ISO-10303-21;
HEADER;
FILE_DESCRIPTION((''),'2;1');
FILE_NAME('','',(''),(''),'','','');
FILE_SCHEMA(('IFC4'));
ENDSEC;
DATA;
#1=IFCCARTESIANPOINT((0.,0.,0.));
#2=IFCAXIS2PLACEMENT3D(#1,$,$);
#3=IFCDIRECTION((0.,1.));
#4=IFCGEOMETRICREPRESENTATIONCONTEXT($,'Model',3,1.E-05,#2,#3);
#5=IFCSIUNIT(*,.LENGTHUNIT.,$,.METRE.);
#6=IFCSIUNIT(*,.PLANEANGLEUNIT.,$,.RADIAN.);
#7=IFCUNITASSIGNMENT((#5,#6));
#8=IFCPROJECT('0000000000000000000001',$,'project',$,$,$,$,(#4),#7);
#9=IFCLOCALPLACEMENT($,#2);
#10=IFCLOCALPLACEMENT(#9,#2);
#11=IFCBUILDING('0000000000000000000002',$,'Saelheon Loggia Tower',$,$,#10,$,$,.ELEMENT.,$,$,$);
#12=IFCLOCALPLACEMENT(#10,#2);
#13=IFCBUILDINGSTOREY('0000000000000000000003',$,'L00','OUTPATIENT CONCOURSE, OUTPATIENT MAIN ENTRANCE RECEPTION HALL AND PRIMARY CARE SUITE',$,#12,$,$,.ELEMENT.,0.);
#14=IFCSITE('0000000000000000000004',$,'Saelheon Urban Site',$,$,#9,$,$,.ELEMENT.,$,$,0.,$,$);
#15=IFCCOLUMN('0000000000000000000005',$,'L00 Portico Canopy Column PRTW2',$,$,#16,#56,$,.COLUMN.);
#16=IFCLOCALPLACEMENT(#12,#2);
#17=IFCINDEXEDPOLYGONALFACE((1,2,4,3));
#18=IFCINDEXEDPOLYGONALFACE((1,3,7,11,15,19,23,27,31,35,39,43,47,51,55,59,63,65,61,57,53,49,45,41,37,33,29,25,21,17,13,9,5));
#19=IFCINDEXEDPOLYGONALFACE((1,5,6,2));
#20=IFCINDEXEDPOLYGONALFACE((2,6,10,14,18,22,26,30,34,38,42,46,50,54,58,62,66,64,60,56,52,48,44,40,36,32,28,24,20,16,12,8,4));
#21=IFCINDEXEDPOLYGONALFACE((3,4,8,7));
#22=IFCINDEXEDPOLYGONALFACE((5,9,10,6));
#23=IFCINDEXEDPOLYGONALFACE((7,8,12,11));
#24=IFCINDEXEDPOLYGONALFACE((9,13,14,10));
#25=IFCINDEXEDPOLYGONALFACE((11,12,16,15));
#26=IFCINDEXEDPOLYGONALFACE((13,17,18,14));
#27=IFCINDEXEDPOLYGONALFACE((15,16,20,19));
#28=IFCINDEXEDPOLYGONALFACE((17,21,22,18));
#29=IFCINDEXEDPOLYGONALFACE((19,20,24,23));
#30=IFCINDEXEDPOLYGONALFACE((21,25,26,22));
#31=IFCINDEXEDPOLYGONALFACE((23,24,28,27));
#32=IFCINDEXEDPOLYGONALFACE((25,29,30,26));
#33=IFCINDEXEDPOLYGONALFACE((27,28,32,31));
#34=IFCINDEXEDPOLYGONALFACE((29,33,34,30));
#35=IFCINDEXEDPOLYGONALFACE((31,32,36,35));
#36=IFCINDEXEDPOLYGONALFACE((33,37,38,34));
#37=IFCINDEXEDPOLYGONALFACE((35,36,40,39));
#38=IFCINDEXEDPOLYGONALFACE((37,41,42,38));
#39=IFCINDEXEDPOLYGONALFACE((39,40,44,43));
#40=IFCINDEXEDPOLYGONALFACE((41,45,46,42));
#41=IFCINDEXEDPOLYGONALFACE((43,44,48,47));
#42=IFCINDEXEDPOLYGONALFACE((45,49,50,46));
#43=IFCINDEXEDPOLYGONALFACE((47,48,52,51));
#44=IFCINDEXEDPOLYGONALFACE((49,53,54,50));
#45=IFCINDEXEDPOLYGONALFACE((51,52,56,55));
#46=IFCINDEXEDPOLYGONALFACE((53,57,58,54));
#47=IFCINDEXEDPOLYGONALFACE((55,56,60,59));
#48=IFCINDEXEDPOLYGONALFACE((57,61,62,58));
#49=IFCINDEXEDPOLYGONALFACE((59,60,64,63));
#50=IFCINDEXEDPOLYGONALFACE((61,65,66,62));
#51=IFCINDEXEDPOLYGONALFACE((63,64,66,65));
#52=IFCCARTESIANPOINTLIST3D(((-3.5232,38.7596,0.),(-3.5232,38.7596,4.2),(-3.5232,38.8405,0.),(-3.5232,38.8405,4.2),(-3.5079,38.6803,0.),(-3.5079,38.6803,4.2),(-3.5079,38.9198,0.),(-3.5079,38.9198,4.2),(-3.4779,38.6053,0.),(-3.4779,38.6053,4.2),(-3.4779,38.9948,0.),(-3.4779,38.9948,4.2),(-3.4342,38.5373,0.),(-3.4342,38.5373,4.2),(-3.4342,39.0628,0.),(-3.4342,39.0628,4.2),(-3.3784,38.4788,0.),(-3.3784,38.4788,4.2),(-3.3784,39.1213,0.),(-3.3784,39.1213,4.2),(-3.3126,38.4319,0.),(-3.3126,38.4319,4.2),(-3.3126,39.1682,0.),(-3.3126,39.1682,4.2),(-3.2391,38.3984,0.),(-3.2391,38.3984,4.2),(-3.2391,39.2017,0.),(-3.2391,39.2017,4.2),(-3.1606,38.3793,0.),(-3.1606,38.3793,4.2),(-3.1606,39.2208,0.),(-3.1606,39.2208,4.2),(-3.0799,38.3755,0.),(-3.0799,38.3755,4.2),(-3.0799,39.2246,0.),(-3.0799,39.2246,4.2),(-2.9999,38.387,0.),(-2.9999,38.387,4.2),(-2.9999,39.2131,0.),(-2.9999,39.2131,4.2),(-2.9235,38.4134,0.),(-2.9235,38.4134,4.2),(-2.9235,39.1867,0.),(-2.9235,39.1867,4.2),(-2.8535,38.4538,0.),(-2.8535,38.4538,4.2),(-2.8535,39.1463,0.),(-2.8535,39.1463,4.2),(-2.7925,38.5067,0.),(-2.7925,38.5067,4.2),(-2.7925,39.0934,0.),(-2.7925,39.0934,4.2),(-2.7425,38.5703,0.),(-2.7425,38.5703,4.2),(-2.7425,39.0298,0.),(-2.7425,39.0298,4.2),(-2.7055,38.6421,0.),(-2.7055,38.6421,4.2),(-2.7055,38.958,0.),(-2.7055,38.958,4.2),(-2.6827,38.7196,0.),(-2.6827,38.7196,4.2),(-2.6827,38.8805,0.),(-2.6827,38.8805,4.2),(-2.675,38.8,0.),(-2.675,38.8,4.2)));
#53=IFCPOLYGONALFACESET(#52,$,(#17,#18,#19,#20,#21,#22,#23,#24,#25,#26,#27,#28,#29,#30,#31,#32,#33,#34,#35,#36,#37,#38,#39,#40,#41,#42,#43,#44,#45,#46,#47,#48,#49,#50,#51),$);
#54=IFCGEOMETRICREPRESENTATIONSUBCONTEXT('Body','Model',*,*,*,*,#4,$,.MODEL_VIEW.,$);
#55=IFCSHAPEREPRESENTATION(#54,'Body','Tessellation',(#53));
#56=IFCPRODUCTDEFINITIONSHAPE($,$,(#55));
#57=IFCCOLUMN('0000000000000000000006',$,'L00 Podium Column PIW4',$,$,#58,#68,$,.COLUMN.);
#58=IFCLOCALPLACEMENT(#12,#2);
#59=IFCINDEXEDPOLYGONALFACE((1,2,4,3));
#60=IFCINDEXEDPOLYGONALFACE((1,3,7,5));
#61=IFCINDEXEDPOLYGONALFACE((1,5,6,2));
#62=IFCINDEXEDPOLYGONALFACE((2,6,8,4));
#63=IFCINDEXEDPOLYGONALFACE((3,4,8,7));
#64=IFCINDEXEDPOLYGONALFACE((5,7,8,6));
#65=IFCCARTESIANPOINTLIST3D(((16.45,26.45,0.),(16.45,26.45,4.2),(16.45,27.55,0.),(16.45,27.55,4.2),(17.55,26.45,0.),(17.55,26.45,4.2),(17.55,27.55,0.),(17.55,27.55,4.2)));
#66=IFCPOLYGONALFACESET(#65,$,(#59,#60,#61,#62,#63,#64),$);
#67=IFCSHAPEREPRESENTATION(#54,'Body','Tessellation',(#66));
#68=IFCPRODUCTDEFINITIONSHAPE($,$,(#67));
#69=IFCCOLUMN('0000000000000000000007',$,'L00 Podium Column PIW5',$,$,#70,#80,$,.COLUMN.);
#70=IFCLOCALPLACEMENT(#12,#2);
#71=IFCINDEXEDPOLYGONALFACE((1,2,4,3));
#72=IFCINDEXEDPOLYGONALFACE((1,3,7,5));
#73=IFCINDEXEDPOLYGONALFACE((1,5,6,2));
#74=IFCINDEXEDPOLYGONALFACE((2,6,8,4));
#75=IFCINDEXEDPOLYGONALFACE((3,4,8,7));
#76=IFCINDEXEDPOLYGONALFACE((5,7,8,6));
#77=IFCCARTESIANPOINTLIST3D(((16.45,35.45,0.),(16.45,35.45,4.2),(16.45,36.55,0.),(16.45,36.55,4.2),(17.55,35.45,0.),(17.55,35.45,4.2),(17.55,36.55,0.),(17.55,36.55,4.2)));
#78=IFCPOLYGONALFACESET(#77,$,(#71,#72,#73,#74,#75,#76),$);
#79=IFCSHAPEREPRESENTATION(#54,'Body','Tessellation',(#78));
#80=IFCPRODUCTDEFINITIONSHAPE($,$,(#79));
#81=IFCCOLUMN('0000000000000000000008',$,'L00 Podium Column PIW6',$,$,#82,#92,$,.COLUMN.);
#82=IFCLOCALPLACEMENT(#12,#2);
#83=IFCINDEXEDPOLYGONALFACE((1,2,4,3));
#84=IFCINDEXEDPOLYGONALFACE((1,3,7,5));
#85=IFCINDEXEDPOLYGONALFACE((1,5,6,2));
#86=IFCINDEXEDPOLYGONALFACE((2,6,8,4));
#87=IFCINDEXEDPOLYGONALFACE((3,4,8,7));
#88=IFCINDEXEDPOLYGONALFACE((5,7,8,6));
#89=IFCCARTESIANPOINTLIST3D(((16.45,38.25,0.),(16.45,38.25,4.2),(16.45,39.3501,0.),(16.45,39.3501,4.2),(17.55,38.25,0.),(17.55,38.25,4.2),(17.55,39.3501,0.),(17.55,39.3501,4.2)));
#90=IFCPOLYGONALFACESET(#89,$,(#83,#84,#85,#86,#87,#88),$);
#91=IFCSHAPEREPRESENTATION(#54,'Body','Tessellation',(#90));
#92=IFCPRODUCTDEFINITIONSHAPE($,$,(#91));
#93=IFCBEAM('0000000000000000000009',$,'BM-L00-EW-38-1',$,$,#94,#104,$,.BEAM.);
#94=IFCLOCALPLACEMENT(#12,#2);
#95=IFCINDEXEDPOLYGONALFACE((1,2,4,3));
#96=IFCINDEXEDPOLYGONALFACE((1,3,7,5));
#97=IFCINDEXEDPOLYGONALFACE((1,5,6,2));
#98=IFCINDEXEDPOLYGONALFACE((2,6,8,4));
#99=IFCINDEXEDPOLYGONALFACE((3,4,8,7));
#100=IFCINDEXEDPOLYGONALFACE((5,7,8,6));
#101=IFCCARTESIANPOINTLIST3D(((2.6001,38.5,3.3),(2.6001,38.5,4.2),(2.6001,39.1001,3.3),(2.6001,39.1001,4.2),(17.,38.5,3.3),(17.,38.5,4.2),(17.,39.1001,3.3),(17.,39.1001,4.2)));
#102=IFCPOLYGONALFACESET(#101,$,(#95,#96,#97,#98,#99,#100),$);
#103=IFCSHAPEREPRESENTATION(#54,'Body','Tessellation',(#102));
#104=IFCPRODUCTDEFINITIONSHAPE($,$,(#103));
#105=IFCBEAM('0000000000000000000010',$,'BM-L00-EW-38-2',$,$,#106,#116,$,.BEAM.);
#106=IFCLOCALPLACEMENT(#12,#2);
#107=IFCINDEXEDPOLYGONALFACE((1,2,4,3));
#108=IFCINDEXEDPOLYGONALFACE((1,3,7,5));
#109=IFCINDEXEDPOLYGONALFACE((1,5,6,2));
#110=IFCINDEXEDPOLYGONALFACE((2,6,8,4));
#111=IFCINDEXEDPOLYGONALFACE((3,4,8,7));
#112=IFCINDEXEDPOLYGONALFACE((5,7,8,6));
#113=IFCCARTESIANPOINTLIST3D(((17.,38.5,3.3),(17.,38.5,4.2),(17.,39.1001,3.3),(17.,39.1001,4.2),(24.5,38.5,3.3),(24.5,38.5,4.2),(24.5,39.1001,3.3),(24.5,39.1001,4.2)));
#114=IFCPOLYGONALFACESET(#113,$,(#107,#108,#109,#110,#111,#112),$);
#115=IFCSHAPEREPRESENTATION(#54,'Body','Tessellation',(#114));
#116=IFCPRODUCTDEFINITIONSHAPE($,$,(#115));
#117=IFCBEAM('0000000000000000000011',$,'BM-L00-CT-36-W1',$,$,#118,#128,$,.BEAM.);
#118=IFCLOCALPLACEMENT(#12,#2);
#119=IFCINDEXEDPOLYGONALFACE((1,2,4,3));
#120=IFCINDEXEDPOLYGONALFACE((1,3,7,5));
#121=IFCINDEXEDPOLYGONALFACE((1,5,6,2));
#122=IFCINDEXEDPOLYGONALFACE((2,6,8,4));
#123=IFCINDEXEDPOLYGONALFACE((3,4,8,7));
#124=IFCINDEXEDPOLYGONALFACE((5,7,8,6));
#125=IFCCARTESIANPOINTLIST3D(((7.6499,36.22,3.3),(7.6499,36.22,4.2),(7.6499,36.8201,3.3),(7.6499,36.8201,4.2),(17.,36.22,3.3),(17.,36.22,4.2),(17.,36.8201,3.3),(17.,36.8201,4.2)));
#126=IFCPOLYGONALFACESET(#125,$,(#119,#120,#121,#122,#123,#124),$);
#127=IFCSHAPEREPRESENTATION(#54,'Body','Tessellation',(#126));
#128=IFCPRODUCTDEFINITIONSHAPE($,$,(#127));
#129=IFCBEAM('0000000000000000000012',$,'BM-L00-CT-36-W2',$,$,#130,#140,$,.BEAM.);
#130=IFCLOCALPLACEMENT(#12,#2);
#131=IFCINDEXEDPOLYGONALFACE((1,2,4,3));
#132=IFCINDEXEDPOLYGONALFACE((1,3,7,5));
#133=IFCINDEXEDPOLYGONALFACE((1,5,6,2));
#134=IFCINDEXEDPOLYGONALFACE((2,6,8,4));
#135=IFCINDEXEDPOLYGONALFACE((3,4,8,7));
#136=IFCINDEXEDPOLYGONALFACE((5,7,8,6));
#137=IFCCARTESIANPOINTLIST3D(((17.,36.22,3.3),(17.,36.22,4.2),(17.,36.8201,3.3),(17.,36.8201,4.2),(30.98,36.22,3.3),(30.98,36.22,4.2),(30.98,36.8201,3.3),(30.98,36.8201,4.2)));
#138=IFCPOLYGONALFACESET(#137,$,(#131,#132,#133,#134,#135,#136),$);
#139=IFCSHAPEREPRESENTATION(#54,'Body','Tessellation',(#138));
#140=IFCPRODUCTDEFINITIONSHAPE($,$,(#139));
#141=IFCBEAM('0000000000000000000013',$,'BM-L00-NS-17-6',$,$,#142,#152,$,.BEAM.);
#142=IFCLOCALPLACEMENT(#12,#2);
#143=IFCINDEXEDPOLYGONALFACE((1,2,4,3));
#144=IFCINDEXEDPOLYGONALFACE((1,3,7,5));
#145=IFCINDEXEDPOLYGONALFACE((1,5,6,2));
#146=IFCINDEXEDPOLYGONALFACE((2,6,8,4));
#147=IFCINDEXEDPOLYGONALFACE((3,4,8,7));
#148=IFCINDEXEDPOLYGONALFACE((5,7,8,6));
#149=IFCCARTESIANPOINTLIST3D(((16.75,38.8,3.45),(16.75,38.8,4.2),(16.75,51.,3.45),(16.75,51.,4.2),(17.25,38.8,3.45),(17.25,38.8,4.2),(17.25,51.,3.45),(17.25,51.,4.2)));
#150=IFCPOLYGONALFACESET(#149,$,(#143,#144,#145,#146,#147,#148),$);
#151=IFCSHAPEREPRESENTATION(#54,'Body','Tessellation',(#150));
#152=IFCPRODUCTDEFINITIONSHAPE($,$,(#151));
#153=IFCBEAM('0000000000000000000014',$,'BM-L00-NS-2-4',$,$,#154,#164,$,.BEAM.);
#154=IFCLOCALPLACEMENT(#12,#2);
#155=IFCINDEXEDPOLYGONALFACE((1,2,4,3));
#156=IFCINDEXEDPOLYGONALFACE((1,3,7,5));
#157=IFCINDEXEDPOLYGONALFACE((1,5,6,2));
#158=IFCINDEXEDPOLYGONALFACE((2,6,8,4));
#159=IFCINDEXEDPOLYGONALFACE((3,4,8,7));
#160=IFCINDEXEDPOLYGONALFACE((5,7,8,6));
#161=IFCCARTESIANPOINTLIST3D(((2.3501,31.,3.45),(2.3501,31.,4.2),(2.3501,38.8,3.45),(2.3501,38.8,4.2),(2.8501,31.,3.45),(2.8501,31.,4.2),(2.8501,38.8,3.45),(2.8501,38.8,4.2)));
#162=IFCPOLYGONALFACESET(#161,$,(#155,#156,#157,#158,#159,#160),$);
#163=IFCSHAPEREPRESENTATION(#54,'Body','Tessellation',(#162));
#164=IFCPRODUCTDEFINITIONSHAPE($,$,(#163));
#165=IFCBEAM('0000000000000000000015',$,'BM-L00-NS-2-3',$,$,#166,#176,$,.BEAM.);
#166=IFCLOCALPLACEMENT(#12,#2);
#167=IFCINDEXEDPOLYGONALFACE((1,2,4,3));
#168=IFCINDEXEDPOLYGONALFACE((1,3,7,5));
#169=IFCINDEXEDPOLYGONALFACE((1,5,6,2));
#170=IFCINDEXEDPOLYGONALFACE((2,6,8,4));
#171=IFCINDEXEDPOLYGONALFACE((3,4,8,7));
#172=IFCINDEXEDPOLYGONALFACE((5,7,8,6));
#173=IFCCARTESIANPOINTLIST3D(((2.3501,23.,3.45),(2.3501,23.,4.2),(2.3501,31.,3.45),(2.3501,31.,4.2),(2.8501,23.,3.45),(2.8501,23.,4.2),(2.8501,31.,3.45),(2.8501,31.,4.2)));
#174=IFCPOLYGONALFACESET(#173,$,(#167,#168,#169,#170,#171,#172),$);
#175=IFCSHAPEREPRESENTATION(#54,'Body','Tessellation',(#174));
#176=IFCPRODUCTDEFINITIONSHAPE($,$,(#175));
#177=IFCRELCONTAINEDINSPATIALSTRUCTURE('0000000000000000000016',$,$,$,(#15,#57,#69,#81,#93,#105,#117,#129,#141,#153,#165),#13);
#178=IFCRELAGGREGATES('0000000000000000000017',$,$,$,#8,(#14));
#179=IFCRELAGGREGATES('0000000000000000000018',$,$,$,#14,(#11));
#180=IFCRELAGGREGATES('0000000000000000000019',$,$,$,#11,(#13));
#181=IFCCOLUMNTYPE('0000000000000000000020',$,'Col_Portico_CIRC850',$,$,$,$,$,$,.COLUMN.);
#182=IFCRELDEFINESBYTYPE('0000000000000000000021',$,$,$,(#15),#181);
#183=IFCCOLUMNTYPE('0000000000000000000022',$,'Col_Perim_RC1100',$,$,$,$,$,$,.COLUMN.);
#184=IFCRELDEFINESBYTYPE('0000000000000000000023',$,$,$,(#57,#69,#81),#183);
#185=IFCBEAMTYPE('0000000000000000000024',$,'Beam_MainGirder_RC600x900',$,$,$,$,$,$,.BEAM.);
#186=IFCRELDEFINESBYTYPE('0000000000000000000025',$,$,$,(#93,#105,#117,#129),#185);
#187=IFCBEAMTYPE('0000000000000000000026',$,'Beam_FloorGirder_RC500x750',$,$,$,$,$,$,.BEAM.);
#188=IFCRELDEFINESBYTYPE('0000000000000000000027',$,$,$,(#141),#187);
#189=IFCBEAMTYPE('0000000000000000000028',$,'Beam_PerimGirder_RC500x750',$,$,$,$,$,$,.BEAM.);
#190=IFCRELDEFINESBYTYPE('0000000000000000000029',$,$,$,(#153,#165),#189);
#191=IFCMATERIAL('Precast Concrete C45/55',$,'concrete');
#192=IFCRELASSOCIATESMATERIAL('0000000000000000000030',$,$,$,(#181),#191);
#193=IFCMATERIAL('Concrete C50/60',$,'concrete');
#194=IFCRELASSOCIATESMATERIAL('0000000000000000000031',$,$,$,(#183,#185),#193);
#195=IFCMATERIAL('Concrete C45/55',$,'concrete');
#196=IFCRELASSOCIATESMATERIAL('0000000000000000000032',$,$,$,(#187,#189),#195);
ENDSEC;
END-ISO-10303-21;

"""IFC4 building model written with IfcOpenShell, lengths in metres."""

from ifc_helpers import new_model, si_unit, direction, frame, origin, origin_2d, place, context, subcontext, project, spatial, rectangle, circle, extrude, source, transform, mapped, material, material_profile, profile_set, type_object, element, save


model = new_model("IFC4")

# Units and contexts
model_context = context("Model", 3, precision=1e-05, world=origin(), true_north=direction((0.0, 1.0)))
body_context = subcontext(model_context, "Body", "Model", "MODEL_VIEW")
ifc_project = project(units=[si_unit("LENGTHUNIT", "METRE"), si_unit("PLANEANGLEUNIT", "RADIAN")], contexts=[model_context])

# Site, building, storey
site_placement = place(None, origin())
site = spatial("IfcSite", under=ifc_project, at=site_placement, Name="Saelheon Urban Site", CompositionType="ELEMENT", RefElevation=0.0)
building_placement = place(site_placement, origin())
building = spatial("IfcBuilding", under=site, at=building_placement, Name="Saelheon Loggia Tower", CompositionType="ELEMENT")
storey_placement = place(building_placement, origin())
storey = spatial("IfcBuildingStorey", under=building, at=storey_placement, Name="L00", Description="OUTPATIENT CONCOURSE, OUTPATIENT MAIN ENTRANCE RECEPTION HALL AND PRIMARY CARE SUITE", CompositionType="ELEMENT", Elevation=0.0)

# Columns
ifc_material_1 = material(Name="Concrete C50/60", Category="concrete")
ifc_material_2 = material(Name="Concrete C45/55", Category="concrete")
shared_shape_1 = source(origin(), body_context, "Body", "SweptSolid", [
    extrude(circle(Radius=0.425, at=origin_2d()), origin(), (0.0, 0.0, 1.0), 4.2),
])
ifc_material_3 = material(Name="Precast Concrete C45/55", Category="concrete")
ifc_material_profile_1 = material_profile(ifc_material_3, circle(Radius=0.425, at=origin_2d()), Name="CIRC-850")
ifc_profile_set_1 = profile_set([ifc_material_profile_1], Name="Precast Concrete C45/55")
column_type_1 = type_object("IfcColumnType", Name="Col_Portico_CIRC850", PredefinedType="COLUMN", material=ifc_profile_set_1)
column_placement = place(storey_placement, frame((-3.1001, 38.8, 0.0), z_axis=(0.0, 0.0, 1.0), x_axis=(1.0, 0.0, 0.0)))
element("IfcColumn", 1, at=column_placement, inside=storey, type_object=column_type_1, Name="L00 Portico Canopy Column PRTW2", PredefinedType="COLUMN", context=body_context, shape_type="MappedRepresentation", body=[
    mapped(shared_shape_1, transform((0.0, 0.0, 0.0), scale=1.0)),
])
ifc_material_profile_2 = material_profile(ifc_material_1, rectangle(XDim=1.1001, YDim=1.1001, at=origin_2d()), Name="RC-1100x1100")
ifc_profile_set_2 = profile_set([ifc_material_profile_2], Name="Concrete C50/60")
column_type_2 = type_object("IfcColumnType", Name="Col_Perim_RC1100", PredefinedType="COLUMN", material=ifc_profile_set_2)
shared_shape_2 = source(origin(), body_context, "Body", "SweptSolid", [
    extrude(rectangle(XDim=1.1001, YDim=1.1001, at=origin_2d()), origin(), (0.0, 0.0, 1.0), 4.2),
])
for number, where, z_axis, x_axis, name in (
    (2, (17.0, 27.0, 0.0), (0.0, 0.0, 1.0), (1.0, 0.0, 0.0), "L00 Podium Column PIW4"),
    (3, (17.0, 36.0, 0.0), (0.0, 0.0, 1.0), (1.0, 0.0, 0.0), "L00 Podium Column PIW5"),
    (4, (17.0, 38.8, 0.0), (0.0, 0.0, 1.0), (1.0, 0.0, 0.0), "L00 Podium Column PIW6"),
):
    element("IfcColumn", number, at=place(storey_placement, frame(where, z_axis=z_axis, x_axis=x_axis)), inside=storey, type_object=column_type_2, Name=name, PredefinedType="COLUMN", context=body_context, shape_type="MappedRepresentation", body=[
        mapped(shared_shape_2, transform((0.0, 0.0, 0.0), scale=1.0)),
    ])

# Beams
ifc_material_profile_3 = material_profile(ifc_material_1, rectangle(XDim=0.6001, YDim=0.8999, at=origin_2d()), Name="RC-600x900")
ifc_profile_set_3 = profile_set([ifc_material_profile_3], Name="Concrete C50/60")
beam_type_1 = type_object("IfcBeamType", Name="Beam_MainGirder_RC600x900", PredefinedType="BEAM", material=ifc_profile_set_3)
shared_shape_3 = source(origin(), body_context, "Body", "SweptSolid", [
    extrude(rectangle(XDim=0.6001, YDim=0.8999, at=origin_2d()), origin(), (0.0, 0.0, 1.0), 14.3999),
])
beam_1_placement = place(storey_placement, frame((2.6001, 38.8, 3.75), z_axis=(1.0, 0.0, 0.0), x_axis=(0.0, 1.0, 0.0)))
element("IfcBeam", 5, at=beam_1_placement, inside=storey, type_object=beam_type_1, Name="BM-L00-EW-38-1", PredefinedType="BEAM", context=body_context, shape_type="MappedRepresentation", body=[
    mapped(shared_shape_3, transform((0.0, 0.0, 0.0), scale=1.0)),
])
shared_shape_4 = source(origin(), body_context, "Body", "SweptSolid", [
    extrude(rectangle(XDim=0.6001, YDim=0.8999, at=origin_2d()), origin(), (0.0, 0.0, 1.0), 7.5),
])
beam_2_placement = place(storey_placement, frame((17.0, 38.8, 3.75), z_axis=(1.0, 0.0, 0.0), x_axis=(0.0, 1.0, 0.0)))
element("IfcBeam", 6, at=beam_2_placement, inside=storey, type_object=beam_type_1, Name="BM-L00-EW-38-2", PredefinedType="BEAM", context=body_context, shape_type="MappedRepresentation", body=[
    mapped(shared_shape_4, transform((0.0, 0.0, 0.0), scale=1.0)),
])
shared_shape_5 = source(origin(), body_context, "Body", "SweptSolid", [
    extrude(rectangle(XDim=0.6001, YDim=0.8999, at=origin_2d()), origin(), (0.0, 0.0, 1.0), 9.3501),
])
beam_3_placement = place(storey_placement, frame((7.6499, 36.52, 3.75), z_axis=(1.0, 0.0, 0.0), x_axis=(0.0, 1.0, 0.0)))
element("IfcBeam", 7, at=beam_3_placement, inside=storey, type_object=beam_type_1, Name="BM-L00-CT-36-W1", PredefinedType="BEAM", context=body_context, shape_type="MappedRepresentation", body=[
    mapped(shared_shape_5, transform((0.0, 0.0, 0.0), scale=1.0)),
])
shared_shape_6 = source(origin(), body_context, "Body", "SweptSolid", [
    extrude(rectangle(XDim=0.6001, YDim=0.8999, at=origin_2d()), origin(), (0.0, 0.0, 1.0), 13.98),
])
beam_4_placement = place(storey_placement, frame((17.0, 36.52, 3.75), z_axis=(1.0, 0.0, 0.0), x_axis=(0.0, 1.0, 0.0)))
element("IfcBeam", 8, at=beam_4_placement, inside=storey, type_object=beam_type_1, Name="BM-L00-CT-36-W2", PredefinedType="BEAM", context=body_context, shape_type="MappedRepresentation", body=[
    mapped(shared_shape_6, transform((0.0, 0.0, 0.0), scale=1.0)),
])
ifc_material_profile_4 = material_profile(ifc_material_2, rectangle(XDim=0.5, YDim=0.75, at=origin_2d()), Name="RC-500x750")
ifc_profile_set_4 = profile_set([ifc_material_profile_4], Name="Concrete C45/55")
beam_type_2 = type_object("IfcBeamType", Name="Beam_FloorGirder_RC500x750", PredefinedType="BEAM", material=ifc_profile_set_4)
shared_shape_7 = source(origin(), body_context, "Body", "SweptSolid", [
    extrude(rectangle(XDim=0.5, YDim=0.75, at=origin_2d()), origin(), (0.0, 0.0, 1.0), 12.2),
])
beam_5_placement = place(storey_placement, frame((17.0, 38.8, 3.825), z_axis=(0.0, 1.0, 0.0), x_axis=(-1.0, 0.0, 0.0)))
element("IfcBeam", 9, at=beam_5_placement, inside=storey, type_object=beam_type_2, Name="BM-L00-NS-17-6", PredefinedType="BEAM", context=body_context, shape_type="MappedRepresentation", body=[
    mapped(shared_shape_7, transform((0.0, 0.0, 0.0), scale=1.0)),
])
ifc_material_profile_5 = material_profile(ifc_material_2, rectangle(XDim=0.5, YDim=0.75, at=origin_2d()), Name="RC-500x750")
ifc_profile_set_5 = profile_set([ifc_material_profile_5], Name="Concrete C45/55")
beam_type_3 = type_object("IfcBeamType", Name="Beam_PerimGirder_RC500x750", PredefinedType="BEAM", material=ifc_profile_set_5)
shared_shape_8 = source(origin(), body_context, "Body", "SweptSolid", [
    extrude(rectangle(XDim=0.5, YDim=0.75, at=origin_2d()), origin(), (0.0, 0.0, 1.0), 7.8),
])
beam_6_placement = place(storey_placement, frame((2.6001, 31.0, 3.825), z_axis=(0.0, 1.0, 0.0), x_axis=(-1.0, 0.0, 0.0)))
element("IfcBeam", 10, at=beam_6_placement, inside=storey, type_object=beam_type_3, Name="BM-L00-NS-2-4", PredefinedType="BEAM", context=body_context, shape_type="MappedRepresentation", body=[
    mapped(shared_shape_8, transform((0.0, 0.0, 0.0), scale=1.0)),
])
shared_shape_9 = source(origin(), body_context, "Body", "SweptSolid", [
    extrude(rectangle(XDim=0.5, YDim=0.75, at=origin_2d()), origin(), (0.0, 0.0, 1.0), 8.0),
])
beam_7_placement = place(storey_placement, frame((2.6001, 23.0, 3.825), z_axis=(0.0, 1.0, 0.0), x_axis=(-1.0, 0.0, 0.0)))
element("IfcBeam", 11, at=beam_7_placement, inside=storey, type_object=beam_type_3, Name="BM-L00-NS-2-3", PredefinedType="BEAM", context=body_context, shape_type="MappedRepresentation", body=[
    mapped(shared_shape_9, transform((0.0, 0.0, 0.0), scale=1.0)),
])

save(model, "model.ifc")
